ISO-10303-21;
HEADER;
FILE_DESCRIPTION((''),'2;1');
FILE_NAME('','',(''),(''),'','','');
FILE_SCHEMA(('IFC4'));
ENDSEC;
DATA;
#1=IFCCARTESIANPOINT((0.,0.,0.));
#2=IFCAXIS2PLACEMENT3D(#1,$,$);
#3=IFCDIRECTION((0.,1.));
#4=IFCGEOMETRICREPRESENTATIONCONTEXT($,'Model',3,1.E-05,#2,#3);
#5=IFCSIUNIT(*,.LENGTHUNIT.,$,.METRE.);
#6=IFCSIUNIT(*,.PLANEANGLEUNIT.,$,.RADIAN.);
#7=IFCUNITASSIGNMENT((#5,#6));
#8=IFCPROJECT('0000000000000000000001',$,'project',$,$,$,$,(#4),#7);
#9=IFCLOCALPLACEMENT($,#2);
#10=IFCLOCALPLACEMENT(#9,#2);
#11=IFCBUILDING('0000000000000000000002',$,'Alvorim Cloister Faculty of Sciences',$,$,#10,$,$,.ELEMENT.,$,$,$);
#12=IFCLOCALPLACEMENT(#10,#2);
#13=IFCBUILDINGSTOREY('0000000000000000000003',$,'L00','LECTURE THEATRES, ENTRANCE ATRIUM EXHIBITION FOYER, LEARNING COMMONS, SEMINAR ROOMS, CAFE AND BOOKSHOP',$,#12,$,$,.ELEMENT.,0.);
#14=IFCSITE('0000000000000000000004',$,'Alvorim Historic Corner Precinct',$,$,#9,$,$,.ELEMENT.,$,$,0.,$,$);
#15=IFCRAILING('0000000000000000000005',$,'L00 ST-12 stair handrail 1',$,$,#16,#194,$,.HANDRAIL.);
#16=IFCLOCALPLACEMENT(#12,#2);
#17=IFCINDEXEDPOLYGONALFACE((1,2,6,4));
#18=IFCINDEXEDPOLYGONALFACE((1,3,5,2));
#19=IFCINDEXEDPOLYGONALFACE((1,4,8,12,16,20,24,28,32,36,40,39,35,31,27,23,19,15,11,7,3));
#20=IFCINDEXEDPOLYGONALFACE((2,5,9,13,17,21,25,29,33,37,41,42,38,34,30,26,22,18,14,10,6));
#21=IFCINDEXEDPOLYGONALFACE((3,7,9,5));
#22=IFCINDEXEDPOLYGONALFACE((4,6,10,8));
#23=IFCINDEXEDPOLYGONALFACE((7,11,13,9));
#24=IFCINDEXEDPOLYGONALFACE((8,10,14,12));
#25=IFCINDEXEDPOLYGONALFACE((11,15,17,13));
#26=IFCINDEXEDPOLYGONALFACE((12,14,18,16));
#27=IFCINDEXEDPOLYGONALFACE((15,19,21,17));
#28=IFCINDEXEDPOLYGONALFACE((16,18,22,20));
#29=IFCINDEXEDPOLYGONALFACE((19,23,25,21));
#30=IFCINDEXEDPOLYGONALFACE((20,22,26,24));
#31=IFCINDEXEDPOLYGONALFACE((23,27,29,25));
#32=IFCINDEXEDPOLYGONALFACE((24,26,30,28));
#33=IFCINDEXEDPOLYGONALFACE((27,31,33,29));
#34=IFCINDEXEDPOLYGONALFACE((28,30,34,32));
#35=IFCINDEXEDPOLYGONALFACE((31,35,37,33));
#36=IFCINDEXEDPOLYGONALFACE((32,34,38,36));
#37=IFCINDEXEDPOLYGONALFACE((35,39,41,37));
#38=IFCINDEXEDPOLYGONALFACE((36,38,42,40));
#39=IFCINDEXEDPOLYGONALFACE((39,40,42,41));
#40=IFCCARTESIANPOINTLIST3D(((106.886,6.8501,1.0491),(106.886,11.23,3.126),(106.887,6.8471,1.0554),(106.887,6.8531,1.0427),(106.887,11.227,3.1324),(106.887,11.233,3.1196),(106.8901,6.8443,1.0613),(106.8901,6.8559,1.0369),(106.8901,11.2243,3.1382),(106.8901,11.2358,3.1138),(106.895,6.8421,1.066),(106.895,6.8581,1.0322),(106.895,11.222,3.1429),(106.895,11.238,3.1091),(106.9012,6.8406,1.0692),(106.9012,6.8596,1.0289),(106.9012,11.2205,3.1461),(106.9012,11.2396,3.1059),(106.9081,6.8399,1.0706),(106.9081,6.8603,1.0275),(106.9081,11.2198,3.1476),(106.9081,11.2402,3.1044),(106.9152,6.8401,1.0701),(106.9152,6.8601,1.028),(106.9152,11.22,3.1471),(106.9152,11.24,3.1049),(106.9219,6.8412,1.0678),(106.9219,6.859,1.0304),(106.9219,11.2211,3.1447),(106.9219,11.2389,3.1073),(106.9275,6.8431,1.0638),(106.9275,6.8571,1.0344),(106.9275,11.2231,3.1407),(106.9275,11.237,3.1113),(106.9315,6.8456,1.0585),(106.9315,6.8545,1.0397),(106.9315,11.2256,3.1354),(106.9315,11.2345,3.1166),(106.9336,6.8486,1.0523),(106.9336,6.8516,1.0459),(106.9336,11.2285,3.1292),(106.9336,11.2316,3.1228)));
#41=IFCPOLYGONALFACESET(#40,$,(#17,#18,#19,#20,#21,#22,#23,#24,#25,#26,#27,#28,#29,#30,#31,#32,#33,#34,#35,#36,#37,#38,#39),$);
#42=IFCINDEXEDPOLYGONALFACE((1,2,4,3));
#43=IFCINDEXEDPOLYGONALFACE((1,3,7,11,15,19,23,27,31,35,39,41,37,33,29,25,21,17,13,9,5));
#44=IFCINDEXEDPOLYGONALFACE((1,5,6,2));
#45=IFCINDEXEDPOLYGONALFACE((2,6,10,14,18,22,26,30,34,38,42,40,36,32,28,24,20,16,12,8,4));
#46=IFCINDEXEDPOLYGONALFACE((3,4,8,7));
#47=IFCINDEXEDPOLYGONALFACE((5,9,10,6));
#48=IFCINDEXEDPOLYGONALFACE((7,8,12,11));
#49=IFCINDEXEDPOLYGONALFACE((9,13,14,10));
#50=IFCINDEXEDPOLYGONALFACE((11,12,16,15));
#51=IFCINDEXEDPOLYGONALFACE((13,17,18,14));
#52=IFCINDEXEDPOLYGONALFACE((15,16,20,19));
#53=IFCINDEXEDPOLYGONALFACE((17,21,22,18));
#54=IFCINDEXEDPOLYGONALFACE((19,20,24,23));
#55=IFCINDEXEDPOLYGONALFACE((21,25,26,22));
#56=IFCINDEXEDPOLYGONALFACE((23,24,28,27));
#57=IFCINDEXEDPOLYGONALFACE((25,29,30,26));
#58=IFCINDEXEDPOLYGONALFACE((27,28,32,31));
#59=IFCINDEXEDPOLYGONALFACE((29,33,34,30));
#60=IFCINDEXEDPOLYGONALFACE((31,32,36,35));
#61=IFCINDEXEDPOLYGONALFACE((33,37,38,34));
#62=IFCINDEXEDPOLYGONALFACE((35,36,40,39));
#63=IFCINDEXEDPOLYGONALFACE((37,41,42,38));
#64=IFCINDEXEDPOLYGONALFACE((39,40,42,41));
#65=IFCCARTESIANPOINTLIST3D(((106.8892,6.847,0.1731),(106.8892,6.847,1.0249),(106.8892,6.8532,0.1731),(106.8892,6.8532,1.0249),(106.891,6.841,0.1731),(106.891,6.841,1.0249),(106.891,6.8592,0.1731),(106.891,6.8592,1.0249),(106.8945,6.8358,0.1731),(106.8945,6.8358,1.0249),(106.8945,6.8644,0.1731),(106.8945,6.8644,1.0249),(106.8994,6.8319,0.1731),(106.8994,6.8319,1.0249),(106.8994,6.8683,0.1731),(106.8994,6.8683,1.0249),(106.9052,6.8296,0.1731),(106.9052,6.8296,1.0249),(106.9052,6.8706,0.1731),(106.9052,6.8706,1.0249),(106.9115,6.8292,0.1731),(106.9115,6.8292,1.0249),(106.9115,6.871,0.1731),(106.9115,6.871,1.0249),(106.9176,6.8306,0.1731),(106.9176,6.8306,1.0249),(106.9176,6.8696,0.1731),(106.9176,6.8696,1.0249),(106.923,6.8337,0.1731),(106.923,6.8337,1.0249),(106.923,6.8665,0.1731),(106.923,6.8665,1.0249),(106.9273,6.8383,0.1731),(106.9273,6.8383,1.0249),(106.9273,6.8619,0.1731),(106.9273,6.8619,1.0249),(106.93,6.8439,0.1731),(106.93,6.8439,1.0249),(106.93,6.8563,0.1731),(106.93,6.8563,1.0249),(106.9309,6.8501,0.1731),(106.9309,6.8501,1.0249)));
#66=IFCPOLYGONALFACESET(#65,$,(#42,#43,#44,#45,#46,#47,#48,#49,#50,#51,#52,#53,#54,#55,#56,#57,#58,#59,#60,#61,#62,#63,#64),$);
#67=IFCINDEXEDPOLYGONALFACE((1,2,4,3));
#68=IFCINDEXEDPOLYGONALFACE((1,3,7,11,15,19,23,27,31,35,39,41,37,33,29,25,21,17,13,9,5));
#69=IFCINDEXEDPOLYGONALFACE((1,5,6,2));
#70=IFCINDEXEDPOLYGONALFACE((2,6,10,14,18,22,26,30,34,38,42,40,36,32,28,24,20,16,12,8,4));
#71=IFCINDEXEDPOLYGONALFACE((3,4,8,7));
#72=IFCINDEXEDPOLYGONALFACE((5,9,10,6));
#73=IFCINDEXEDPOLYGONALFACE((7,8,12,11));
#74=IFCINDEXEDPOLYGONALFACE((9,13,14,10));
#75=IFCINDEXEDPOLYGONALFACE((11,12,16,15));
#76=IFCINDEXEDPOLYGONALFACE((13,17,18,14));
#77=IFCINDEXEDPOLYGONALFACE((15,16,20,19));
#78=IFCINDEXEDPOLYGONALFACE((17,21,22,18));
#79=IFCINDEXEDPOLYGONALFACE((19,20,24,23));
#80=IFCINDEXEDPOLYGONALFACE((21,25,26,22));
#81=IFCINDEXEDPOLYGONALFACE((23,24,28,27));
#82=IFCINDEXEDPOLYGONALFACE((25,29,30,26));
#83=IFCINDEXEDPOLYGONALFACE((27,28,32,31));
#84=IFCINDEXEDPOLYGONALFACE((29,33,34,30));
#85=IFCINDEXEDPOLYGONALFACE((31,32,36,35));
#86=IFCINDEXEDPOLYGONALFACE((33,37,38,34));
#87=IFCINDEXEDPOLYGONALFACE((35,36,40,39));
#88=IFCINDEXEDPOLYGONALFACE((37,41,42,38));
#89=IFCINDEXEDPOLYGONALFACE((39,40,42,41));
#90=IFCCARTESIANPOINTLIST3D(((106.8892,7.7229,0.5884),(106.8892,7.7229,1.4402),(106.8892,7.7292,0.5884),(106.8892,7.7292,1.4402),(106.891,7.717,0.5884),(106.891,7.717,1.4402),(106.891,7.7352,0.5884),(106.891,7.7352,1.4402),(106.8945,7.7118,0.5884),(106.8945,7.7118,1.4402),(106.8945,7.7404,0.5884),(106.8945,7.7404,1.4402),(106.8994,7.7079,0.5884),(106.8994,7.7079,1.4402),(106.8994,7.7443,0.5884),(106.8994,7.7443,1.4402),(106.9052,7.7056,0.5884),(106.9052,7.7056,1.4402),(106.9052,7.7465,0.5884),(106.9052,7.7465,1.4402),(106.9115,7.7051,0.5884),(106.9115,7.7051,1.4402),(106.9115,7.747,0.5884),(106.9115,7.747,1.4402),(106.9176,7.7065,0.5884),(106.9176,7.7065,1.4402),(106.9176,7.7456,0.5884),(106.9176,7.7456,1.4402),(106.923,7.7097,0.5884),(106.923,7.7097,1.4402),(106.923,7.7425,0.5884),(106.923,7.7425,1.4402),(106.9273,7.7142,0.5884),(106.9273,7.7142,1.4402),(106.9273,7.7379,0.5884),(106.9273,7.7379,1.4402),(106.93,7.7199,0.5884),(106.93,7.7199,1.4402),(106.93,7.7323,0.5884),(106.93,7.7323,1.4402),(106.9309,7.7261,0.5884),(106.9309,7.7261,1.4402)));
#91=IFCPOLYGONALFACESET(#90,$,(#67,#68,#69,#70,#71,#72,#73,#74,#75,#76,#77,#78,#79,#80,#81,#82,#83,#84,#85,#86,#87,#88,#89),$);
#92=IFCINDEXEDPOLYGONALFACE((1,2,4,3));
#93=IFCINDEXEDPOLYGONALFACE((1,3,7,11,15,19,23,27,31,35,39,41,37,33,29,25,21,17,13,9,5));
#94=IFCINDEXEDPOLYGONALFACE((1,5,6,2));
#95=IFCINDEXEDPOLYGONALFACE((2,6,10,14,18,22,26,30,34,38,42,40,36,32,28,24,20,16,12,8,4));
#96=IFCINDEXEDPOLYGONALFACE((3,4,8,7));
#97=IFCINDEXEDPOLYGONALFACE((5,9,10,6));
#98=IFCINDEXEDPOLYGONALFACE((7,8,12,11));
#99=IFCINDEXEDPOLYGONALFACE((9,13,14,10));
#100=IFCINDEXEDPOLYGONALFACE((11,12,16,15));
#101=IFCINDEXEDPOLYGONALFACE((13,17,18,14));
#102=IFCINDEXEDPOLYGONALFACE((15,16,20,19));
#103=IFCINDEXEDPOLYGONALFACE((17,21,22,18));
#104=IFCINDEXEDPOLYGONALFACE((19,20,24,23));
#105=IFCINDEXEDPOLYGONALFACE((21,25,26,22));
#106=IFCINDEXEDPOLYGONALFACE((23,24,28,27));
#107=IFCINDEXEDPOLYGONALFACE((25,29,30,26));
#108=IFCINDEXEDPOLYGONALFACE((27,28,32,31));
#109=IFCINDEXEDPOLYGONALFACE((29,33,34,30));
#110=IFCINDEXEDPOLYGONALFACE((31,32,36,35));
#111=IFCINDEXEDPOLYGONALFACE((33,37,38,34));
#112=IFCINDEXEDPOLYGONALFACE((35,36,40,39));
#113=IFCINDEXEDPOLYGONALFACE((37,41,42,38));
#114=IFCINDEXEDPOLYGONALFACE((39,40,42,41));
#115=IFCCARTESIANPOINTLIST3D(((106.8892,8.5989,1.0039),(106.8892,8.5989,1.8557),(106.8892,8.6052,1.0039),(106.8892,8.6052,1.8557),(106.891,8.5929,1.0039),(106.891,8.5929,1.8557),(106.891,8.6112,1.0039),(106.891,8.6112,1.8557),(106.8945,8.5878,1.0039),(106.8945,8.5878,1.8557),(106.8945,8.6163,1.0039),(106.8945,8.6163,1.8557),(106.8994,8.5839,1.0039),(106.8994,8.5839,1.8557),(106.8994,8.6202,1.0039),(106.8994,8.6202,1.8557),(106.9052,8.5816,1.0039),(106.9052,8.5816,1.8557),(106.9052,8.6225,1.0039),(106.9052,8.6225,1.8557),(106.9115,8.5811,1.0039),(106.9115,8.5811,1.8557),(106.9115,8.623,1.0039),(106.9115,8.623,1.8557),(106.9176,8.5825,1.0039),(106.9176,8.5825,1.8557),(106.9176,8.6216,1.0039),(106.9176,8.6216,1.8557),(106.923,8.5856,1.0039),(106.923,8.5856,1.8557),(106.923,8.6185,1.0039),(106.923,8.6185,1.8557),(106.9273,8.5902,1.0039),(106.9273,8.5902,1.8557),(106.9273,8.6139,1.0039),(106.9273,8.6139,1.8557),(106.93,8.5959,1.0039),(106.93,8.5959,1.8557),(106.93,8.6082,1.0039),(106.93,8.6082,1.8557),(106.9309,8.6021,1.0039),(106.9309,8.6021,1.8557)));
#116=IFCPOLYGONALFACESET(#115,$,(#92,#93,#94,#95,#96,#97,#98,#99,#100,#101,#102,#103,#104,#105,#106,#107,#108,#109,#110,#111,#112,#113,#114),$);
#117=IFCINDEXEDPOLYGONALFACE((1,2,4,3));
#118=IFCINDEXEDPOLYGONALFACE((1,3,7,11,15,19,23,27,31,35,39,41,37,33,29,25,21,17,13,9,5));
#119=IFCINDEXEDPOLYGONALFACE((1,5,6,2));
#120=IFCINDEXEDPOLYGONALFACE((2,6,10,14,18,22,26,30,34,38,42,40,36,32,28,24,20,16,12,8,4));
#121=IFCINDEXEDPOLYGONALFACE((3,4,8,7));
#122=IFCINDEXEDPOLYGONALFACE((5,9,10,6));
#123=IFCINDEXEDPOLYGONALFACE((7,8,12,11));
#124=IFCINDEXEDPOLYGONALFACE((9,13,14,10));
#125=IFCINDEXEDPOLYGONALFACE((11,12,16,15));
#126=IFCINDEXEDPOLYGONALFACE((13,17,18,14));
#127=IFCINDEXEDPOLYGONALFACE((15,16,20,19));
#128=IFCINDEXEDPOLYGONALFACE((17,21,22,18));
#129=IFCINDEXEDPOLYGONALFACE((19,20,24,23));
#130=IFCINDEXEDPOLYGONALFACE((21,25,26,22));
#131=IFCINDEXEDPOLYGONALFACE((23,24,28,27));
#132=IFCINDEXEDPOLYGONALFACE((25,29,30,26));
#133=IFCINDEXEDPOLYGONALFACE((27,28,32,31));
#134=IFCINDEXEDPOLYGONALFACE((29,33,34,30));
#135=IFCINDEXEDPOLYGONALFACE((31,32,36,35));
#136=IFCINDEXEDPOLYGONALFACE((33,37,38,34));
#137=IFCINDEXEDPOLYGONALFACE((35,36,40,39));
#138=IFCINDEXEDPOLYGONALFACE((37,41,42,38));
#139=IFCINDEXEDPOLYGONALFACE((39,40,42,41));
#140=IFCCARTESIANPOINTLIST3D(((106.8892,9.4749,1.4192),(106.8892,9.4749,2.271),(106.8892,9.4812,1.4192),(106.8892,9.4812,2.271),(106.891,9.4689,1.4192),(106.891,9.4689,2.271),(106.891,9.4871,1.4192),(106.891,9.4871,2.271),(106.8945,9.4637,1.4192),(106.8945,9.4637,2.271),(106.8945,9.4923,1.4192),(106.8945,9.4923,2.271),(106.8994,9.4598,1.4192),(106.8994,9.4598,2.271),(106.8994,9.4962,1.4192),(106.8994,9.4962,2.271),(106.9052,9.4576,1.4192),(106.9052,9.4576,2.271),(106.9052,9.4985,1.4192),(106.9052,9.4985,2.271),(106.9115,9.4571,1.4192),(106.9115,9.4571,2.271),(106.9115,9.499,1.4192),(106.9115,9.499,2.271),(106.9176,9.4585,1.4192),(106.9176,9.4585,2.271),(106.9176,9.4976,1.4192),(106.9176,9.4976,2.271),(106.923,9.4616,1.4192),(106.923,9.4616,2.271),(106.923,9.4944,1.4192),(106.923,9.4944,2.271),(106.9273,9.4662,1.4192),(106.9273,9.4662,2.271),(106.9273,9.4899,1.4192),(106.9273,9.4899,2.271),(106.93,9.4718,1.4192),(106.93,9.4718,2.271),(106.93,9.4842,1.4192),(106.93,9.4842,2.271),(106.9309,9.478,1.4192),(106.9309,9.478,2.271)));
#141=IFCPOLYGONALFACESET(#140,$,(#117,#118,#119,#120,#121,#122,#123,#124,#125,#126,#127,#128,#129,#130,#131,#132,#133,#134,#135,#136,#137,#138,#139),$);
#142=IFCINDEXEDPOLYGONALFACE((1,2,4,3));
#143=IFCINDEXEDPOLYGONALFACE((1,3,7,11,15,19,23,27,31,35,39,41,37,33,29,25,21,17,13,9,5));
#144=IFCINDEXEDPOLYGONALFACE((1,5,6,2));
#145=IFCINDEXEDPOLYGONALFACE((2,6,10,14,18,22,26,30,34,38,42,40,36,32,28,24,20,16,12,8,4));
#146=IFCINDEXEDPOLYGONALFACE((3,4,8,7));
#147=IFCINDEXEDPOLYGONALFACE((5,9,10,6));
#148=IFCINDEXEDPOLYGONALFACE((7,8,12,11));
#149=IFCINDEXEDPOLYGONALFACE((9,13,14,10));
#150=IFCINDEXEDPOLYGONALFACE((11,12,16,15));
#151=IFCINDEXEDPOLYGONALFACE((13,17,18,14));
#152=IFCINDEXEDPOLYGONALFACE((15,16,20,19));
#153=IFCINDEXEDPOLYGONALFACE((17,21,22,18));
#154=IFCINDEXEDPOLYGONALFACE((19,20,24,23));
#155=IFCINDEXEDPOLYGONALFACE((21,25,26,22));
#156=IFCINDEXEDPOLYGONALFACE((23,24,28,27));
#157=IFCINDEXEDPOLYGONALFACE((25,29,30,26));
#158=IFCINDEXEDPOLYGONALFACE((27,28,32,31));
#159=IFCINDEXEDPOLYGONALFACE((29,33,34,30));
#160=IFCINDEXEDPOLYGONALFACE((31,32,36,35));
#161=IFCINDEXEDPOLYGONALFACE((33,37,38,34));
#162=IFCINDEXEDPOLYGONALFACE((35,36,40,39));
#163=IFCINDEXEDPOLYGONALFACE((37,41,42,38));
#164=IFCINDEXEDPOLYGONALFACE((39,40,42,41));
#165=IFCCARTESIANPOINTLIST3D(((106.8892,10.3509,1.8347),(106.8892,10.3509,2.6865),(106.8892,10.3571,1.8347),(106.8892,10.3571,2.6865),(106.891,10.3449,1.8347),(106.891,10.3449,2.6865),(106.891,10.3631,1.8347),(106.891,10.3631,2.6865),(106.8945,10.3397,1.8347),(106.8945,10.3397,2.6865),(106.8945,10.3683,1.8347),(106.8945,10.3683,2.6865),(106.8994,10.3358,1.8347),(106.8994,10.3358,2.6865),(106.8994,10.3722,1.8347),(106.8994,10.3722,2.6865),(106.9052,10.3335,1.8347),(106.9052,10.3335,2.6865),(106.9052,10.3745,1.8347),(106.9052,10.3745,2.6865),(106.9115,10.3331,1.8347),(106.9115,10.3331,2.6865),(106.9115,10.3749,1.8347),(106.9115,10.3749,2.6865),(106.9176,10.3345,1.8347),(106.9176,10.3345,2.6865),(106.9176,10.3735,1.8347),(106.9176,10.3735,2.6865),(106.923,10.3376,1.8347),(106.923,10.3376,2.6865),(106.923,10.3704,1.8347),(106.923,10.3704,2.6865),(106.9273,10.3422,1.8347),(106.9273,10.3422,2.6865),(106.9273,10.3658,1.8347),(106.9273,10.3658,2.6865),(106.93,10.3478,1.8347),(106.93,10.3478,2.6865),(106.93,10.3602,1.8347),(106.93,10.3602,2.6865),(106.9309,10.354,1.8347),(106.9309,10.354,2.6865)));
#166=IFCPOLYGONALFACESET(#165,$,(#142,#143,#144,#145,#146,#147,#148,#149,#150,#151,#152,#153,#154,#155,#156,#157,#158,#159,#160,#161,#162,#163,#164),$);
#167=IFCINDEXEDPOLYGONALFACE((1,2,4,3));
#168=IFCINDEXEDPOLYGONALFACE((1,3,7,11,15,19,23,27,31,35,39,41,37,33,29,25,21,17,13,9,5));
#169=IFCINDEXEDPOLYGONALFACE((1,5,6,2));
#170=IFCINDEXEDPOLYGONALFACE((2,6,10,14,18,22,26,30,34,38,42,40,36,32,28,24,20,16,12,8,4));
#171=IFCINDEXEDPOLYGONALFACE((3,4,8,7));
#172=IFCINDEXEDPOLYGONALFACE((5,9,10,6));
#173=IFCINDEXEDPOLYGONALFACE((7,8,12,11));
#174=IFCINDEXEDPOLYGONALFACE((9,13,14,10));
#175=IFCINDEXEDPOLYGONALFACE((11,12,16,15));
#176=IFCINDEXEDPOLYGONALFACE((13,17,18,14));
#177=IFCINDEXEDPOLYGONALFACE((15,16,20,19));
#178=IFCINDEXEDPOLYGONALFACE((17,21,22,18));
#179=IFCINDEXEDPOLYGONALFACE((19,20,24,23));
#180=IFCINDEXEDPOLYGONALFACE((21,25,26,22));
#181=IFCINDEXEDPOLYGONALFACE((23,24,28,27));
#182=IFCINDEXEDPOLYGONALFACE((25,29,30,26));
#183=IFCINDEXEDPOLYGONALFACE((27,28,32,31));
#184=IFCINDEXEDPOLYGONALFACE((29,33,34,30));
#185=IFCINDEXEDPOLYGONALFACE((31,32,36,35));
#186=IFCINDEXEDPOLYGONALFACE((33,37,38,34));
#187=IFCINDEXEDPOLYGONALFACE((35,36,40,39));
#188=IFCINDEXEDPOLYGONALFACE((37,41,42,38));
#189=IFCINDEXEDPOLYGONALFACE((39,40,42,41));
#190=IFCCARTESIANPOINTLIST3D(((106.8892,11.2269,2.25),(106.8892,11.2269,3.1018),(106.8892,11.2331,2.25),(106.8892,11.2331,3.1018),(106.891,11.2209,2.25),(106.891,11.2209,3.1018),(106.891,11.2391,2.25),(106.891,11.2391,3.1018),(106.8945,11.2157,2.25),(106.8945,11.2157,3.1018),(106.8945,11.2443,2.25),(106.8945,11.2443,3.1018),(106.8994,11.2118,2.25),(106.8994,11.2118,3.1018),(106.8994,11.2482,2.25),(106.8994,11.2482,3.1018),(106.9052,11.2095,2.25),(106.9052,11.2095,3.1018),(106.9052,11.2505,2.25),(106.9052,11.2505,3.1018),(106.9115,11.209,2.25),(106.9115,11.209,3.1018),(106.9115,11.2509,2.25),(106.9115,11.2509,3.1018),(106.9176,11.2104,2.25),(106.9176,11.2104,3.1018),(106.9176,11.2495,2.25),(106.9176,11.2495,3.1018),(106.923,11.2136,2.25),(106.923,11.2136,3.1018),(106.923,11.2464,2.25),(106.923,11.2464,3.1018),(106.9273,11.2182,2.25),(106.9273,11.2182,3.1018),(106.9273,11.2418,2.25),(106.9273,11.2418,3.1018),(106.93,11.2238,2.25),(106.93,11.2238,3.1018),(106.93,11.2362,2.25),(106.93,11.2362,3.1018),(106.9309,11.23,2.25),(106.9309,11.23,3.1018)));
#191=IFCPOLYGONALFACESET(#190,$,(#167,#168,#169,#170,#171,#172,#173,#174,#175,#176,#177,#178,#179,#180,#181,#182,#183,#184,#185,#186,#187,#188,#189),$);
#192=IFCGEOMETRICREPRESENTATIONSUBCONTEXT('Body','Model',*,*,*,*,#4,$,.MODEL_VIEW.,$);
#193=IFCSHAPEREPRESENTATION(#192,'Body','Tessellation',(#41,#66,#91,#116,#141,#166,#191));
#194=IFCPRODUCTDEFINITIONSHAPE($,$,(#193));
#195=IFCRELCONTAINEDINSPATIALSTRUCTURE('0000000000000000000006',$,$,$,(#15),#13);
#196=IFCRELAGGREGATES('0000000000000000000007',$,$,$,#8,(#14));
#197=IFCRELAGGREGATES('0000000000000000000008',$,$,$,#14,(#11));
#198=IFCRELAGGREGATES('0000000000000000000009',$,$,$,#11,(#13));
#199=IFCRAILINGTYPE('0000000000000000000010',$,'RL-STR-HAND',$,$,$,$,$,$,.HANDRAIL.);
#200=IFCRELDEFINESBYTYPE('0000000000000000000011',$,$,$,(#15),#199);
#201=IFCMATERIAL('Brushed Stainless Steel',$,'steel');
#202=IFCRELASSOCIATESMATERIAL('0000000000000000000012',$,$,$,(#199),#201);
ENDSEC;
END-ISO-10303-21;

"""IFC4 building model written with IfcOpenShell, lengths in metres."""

from ifc_helpers import new_model, si_unit, direction, frame, origin, origin_2d, place, context, subcontext, project, spatial, circle, extrude, material, type_object, element, save


model = new_model("IFC4")

# Units and contexts
model_context = context("Model", 3, precision=1e-05, world=origin(), true_north=direction((0.0, 1.0)))
body_context = subcontext(model_context, "Body", "Model", "MODEL_VIEW")
ifc_project = project(units=[si_unit("LENGTHUNIT", "METRE"), si_unit("PLANEANGLEUNIT", "RADIAN")], contexts=[model_context])

# Site, building, storey
site_placement = place(None, origin())
site = spatial("IfcSite", under=ifc_project, at=site_placement, Name="Alvorim Historic Corner Precinct", CompositionType="ELEMENT", RefElevation=0.0)
building_placement = place(site_placement, origin())
building = spatial("IfcBuilding", under=site, at=building_placement, Name="Alvorim Cloister Faculty of Sciences", CompositionType="ELEMENT")
storey_placement = place(building_placement, origin())
storey = spatial("IfcBuildingStorey", under=building, at=storey_placement, Name="L00", Description="LECTURE THEATRES, ENTRANCE ATRIUM EXHIBITION FOYER, LEARNING COMMONS, SEMINAR ROOMS, CAFE AND BOOKSHOP", CompositionType="ELEMENT", Elevation=0.0)

# Railing
ifc_material_1 = material(Name="Brushed Stainless Steel", Category="steel")
railing_type = type_object("IfcRailingType", Name="RL-STR-HAND", PredefinedType="HANDRAIL", material=ifc_material_1)
railing_placement = place(storey_placement, frame((106.9099, 6.8501, 0.1731)))
element("IfcRailing", 1, at=railing_placement, inside=storey, type_object=railing_type, Name="L00 ST-12 stair handrail 1", PredefinedType="HANDRAIL", context=body_context, shape_type="SweptSolid", body=[
    extrude(circle(Radius=0.0239, at=origin_2d()), frame((0.0, 0.0, 0.876), z_axis=(0.0, 0.90356, 0.428461), x_axis=(-1.0, 0.0, 0.0)), (0.0, 0.0, 1.0), 4.8474),
    extrude(circle(Radius=0.021, at=origin_2d()), origin(), (0.0, 0.0, 1.0), 0.8518),
    extrude(circle(Radius=0.021, at=origin_2d()), frame((0.0, 0.876, 0.4153)), (0.0, 0.0, 1.0), 0.8518),
    extrude(circle(Radius=0.021, at=origin_2d()), frame((0.0, 1.752, 0.8308)), (0.0, 0.0, 1.0), 0.8518),
    extrude(circle(Radius=0.021, at=origin_2d()), frame((0.0, 2.6279, 1.2461)), (0.0, 0.0, 1.0), 0.8518),
    extrude(circle(Radius=0.021, at=origin_2d()), frame((0.0, 3.5039, 1.6616)), (0.0, 0.0, 1.0), 0.8518),
    extrude(circle(Radius=0.021, at=origin_2d()), frame((0.0, 4.3799, 2.0769)), (0.0, 0.0, 1.0), 0.8518),
])

save(model, "model.ifc")
